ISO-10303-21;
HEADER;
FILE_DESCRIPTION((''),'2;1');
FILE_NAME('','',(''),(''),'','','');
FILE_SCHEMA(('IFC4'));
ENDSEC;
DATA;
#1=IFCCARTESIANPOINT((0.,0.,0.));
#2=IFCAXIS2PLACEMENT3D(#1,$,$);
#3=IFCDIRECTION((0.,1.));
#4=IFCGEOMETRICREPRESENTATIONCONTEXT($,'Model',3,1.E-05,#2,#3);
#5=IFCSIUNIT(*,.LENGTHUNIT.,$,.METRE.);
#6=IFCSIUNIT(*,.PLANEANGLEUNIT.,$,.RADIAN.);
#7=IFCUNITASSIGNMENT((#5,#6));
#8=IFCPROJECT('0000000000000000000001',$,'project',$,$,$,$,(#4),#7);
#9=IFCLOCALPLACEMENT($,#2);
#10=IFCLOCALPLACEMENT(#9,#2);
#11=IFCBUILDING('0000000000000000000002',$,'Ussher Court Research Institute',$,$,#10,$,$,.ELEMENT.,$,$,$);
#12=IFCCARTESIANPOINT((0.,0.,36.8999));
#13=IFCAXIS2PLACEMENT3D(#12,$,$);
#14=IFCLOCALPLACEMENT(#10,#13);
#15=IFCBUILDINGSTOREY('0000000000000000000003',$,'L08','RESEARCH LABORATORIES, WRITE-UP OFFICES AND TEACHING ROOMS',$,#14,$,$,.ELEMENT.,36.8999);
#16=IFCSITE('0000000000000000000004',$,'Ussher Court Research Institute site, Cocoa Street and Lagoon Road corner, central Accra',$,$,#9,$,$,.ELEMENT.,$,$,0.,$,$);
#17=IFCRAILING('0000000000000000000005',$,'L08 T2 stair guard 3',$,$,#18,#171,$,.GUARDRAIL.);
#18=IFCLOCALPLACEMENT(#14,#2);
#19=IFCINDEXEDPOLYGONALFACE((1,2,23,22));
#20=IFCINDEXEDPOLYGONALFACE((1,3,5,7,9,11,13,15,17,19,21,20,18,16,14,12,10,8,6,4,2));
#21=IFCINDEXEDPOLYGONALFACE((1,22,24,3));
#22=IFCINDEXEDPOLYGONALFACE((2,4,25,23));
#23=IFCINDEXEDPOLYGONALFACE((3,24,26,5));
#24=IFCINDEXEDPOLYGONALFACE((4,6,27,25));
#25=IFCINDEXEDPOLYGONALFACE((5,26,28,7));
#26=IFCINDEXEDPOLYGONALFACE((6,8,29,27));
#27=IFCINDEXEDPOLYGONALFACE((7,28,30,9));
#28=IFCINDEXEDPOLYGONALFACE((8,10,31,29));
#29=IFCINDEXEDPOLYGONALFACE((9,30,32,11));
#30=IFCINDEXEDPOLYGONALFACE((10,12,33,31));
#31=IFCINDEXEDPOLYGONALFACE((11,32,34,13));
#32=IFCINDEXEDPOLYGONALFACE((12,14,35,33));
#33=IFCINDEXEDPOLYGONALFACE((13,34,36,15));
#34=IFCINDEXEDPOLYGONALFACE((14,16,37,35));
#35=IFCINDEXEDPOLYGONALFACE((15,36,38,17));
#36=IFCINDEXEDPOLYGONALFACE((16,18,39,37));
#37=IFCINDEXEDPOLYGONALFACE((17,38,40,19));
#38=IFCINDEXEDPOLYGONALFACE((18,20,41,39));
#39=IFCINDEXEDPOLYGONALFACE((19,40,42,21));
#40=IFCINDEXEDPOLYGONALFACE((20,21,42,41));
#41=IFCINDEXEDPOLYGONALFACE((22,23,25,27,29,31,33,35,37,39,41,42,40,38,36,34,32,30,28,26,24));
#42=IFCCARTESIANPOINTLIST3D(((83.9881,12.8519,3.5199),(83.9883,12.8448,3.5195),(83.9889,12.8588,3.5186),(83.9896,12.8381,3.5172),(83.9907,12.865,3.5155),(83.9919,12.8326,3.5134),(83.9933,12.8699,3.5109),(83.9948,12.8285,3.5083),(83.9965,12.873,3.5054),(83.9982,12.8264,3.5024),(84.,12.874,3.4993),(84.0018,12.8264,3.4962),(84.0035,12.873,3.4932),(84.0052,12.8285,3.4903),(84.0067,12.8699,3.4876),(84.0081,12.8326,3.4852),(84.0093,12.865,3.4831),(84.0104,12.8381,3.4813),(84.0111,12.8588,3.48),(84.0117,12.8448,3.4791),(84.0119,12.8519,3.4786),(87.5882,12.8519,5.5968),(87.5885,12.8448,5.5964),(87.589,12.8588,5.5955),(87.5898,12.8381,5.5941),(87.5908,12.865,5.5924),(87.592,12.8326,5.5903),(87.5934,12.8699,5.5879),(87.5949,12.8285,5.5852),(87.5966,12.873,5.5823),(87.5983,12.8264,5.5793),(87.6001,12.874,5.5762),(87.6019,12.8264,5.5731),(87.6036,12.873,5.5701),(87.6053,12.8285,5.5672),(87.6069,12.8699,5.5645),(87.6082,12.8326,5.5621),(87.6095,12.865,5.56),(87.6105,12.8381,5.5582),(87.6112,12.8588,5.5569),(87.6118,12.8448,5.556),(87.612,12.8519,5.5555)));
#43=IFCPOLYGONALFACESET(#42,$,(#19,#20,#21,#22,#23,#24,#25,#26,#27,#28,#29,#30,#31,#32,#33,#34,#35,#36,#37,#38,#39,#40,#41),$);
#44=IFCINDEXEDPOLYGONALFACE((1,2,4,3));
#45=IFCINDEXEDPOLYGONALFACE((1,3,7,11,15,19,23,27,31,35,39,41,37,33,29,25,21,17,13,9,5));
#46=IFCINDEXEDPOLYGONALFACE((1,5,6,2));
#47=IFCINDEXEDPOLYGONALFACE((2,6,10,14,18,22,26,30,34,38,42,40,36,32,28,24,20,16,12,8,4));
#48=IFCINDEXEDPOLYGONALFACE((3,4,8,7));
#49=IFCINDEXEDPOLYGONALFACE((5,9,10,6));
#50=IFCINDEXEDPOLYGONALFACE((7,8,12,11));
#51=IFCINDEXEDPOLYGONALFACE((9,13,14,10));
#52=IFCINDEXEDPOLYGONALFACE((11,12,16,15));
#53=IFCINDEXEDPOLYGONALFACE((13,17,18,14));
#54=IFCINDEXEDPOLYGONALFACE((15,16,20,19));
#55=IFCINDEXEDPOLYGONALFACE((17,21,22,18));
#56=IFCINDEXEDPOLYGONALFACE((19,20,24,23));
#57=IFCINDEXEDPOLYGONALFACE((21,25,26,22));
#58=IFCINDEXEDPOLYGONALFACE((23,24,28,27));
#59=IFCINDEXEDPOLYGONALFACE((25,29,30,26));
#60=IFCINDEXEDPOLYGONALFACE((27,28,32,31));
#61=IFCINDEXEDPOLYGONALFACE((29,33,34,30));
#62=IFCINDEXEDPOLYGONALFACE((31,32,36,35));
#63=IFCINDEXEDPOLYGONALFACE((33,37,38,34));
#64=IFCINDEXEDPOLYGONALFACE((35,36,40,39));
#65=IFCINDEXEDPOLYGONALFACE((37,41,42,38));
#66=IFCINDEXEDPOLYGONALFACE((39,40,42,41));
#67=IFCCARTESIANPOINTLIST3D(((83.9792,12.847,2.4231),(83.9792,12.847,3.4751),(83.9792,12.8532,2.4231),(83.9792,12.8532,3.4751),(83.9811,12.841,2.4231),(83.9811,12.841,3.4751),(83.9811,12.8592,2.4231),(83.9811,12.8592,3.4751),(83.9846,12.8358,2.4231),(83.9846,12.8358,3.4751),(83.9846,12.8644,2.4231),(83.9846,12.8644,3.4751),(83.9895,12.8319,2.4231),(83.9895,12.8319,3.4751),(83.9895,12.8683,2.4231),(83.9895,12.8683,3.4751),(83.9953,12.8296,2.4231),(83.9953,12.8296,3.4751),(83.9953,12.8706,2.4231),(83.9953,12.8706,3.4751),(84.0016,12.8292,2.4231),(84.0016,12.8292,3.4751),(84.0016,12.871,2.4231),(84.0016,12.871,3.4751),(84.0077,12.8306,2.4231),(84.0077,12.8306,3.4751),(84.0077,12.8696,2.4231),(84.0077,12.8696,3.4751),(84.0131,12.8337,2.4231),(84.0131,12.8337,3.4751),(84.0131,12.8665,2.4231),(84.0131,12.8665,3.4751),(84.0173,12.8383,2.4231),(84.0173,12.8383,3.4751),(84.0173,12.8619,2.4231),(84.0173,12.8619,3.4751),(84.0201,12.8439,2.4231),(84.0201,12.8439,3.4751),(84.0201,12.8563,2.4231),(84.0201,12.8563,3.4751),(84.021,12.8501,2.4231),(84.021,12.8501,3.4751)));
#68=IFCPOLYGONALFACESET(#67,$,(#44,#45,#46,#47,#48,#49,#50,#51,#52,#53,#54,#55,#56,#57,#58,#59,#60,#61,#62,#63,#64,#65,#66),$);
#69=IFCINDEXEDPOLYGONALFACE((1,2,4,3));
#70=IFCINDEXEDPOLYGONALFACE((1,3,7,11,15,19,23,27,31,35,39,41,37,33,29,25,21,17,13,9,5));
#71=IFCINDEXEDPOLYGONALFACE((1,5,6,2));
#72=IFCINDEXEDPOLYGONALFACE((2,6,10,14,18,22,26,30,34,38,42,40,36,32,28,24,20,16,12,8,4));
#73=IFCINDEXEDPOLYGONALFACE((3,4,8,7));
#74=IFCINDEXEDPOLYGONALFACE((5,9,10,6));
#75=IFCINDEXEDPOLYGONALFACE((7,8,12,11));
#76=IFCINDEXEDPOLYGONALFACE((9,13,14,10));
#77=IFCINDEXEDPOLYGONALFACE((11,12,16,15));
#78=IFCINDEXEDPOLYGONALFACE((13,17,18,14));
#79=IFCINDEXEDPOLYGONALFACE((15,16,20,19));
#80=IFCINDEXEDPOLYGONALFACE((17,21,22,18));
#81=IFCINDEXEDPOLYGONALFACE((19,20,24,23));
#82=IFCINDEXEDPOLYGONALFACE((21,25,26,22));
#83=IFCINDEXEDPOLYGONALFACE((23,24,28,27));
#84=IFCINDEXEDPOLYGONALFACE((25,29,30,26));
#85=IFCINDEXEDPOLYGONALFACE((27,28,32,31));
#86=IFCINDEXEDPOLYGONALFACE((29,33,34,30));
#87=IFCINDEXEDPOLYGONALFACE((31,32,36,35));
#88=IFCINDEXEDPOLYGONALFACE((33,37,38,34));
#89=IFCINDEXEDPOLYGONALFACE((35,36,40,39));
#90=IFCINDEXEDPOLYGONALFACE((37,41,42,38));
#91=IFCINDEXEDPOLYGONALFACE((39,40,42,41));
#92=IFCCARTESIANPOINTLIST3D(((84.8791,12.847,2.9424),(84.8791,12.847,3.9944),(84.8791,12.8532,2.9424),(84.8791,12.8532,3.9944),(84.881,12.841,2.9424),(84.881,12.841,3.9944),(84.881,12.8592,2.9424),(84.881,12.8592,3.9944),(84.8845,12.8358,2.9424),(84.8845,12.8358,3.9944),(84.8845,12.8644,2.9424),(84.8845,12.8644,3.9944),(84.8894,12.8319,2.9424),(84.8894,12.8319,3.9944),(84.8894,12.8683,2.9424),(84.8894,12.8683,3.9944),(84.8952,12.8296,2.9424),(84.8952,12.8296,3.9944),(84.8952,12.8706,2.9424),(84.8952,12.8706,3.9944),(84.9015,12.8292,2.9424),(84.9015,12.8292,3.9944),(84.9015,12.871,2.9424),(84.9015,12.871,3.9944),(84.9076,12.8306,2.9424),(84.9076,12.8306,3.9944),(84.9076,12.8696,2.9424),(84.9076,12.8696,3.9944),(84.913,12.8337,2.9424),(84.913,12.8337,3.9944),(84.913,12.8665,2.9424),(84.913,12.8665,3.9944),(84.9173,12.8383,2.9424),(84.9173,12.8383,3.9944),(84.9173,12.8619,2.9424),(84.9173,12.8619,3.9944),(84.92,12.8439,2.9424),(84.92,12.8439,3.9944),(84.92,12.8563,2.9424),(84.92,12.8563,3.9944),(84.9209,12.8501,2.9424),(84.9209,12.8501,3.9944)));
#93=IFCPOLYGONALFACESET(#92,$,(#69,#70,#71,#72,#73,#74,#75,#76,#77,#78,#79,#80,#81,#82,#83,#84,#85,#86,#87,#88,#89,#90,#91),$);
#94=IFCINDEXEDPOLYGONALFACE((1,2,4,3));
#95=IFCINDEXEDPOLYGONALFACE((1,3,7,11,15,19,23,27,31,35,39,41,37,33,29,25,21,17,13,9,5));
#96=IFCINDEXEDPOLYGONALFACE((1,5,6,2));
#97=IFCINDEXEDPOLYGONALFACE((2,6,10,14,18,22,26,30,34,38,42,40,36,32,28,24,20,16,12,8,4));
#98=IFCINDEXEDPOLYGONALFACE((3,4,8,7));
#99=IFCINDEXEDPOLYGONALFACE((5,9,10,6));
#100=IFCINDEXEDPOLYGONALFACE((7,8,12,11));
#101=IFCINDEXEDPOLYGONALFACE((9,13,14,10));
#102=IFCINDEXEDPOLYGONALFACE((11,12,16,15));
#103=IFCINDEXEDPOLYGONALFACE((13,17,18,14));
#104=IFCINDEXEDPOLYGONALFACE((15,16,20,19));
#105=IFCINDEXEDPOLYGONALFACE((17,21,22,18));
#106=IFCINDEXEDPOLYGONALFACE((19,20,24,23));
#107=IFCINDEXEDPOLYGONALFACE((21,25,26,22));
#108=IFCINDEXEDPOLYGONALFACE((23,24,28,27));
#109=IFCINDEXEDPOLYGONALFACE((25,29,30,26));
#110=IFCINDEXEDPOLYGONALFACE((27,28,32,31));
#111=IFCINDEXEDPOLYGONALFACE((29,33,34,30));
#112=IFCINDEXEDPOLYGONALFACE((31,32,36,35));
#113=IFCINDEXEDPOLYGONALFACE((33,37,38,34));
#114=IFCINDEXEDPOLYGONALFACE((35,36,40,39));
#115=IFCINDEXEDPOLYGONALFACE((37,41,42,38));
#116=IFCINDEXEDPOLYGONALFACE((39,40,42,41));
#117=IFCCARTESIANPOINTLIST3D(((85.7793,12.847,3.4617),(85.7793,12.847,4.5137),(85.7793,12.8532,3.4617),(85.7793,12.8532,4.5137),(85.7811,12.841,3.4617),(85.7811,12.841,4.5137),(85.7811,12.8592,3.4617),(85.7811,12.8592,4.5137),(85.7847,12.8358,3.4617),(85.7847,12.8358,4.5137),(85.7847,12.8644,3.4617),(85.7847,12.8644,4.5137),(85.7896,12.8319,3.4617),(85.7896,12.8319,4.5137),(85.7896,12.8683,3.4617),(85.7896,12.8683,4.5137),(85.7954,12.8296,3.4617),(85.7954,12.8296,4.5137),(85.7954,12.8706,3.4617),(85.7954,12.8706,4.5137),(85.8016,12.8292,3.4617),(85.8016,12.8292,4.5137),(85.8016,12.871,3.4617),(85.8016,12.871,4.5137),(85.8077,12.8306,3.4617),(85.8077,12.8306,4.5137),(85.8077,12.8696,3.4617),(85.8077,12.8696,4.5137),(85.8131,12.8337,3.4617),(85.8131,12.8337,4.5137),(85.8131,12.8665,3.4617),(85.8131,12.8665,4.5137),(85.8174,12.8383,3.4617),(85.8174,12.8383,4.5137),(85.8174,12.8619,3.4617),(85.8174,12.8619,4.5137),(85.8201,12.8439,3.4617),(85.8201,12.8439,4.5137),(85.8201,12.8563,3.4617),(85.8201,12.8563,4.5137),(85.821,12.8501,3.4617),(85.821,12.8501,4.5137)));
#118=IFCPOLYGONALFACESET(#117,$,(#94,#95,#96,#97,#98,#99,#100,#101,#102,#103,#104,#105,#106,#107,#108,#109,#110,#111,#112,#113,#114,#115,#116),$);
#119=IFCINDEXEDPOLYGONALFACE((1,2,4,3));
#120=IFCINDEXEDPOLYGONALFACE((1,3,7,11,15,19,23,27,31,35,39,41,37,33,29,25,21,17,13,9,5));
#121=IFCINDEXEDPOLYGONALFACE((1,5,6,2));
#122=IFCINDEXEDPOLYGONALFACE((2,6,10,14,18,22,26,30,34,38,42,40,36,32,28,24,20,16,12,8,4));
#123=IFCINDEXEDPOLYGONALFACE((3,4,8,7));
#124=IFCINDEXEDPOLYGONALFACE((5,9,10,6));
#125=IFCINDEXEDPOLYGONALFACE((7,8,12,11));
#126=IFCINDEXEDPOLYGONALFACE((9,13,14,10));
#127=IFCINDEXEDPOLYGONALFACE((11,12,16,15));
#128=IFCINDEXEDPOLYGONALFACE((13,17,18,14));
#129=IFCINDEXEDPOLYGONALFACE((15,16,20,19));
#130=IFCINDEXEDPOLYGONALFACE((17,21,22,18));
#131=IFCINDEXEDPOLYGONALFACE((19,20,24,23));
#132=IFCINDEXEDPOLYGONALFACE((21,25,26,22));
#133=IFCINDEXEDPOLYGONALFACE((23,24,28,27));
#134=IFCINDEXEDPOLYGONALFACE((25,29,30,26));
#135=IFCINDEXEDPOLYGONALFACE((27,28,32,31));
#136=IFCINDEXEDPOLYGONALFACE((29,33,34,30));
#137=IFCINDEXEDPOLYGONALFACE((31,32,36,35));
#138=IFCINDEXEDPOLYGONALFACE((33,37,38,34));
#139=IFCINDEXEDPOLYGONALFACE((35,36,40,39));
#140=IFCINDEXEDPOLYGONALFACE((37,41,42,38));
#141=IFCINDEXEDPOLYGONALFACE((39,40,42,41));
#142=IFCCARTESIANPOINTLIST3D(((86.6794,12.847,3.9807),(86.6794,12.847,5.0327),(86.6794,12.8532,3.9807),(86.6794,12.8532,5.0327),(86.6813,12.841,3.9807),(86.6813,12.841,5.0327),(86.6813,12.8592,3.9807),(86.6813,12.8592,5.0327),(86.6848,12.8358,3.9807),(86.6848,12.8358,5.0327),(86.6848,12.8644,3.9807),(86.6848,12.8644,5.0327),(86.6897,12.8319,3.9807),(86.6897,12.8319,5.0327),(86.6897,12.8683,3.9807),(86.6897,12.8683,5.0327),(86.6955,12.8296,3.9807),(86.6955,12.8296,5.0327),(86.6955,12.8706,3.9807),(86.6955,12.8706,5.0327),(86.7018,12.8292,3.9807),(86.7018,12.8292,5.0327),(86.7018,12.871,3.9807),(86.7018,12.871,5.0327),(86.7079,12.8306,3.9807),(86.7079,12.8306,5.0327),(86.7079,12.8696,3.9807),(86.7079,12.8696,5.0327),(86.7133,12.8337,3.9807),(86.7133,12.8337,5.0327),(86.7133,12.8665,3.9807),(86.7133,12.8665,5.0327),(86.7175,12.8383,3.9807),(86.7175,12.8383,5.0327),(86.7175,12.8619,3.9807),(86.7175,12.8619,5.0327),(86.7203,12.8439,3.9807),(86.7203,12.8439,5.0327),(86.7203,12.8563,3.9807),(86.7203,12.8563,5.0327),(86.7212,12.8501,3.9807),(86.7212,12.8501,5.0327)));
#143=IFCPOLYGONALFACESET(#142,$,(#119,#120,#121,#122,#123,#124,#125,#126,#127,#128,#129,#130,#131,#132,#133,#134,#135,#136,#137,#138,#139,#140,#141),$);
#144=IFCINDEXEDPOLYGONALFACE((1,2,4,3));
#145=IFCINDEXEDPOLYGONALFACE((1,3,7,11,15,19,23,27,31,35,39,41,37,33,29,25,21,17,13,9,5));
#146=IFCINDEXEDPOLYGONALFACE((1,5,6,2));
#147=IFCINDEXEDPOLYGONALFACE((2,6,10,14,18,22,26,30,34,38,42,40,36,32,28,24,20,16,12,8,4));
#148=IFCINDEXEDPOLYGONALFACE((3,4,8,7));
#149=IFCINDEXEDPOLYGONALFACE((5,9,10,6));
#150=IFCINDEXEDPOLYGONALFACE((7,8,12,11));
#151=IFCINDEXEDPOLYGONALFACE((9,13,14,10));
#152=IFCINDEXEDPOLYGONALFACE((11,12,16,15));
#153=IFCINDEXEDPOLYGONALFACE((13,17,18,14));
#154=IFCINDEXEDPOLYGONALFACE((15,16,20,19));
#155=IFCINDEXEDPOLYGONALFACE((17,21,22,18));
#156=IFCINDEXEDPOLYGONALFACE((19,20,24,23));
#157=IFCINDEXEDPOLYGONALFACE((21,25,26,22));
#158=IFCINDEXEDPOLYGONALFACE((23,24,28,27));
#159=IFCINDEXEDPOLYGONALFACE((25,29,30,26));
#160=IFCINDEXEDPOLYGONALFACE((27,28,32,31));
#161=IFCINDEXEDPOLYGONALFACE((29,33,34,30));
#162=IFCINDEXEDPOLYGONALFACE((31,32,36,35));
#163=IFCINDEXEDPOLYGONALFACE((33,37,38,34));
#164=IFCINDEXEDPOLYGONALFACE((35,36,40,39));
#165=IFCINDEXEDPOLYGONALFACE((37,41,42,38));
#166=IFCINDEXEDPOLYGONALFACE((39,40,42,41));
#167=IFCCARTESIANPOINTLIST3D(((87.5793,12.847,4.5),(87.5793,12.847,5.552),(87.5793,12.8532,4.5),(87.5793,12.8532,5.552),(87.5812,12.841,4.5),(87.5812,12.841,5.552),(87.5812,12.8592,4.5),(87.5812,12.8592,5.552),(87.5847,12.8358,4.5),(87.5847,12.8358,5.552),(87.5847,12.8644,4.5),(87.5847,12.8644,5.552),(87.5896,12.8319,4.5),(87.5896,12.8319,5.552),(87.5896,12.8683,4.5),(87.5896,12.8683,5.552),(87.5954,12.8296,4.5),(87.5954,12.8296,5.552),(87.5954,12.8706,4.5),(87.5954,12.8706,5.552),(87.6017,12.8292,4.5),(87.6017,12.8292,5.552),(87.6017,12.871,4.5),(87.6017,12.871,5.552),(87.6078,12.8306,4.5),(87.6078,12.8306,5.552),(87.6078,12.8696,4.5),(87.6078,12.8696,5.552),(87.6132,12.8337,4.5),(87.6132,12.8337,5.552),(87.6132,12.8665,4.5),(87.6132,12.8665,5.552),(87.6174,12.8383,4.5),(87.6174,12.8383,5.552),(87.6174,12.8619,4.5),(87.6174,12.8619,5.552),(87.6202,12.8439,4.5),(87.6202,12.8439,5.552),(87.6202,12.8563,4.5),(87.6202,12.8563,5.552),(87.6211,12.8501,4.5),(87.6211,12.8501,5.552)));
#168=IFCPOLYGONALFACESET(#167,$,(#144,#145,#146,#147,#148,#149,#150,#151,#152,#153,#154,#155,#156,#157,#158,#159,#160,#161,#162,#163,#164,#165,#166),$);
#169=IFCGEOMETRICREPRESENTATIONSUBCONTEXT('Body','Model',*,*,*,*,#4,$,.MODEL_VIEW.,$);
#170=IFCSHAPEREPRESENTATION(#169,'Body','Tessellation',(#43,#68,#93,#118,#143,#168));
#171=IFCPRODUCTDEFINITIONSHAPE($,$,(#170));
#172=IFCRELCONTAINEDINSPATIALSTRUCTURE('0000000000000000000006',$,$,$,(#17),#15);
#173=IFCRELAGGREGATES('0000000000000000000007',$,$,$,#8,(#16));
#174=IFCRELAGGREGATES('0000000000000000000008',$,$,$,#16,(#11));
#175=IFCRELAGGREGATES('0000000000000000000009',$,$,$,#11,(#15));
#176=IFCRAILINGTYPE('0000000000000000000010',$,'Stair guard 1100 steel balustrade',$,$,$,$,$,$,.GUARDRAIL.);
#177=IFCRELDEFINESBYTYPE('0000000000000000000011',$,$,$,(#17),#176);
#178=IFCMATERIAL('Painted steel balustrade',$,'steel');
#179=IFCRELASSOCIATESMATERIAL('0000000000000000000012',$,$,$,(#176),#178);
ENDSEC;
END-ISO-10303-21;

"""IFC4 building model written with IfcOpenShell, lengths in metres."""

from ifc_helpers import new_model, si_unit, direction, frame, origin, origin_2d, place, context, subcontext, project, spatial, circle, extrude, material, type_object, element, save


model = new_model("IFC4")

# Units and contexts
model_context = context("Model", 3, precision=1e-05, world=origin(), true_north=direction((0.0, 1.0)))
body_context = subcontext(model_context, "Body", "Model", "MODEL_VIEW")
ifc_project = project(units=[si_unit("LENGTHUNIT", "METRE"), si_unit("PLANEANGLEUNIT", "RADIAN")], contexts=[model_context])

# Site, building, storey
site_placement = place(None, origin())
site = spatial("IfcSite", under=ifc_project, at=site_placement, Name="Ussher Court Research Institute site, Cocoa Street and Lagoon Road corner, central Accra", CompositionType="ELEMENT", RefElevation=0.0)
building_placement = place(site_placement, origin())
building = spatial("IfcBuilding", under=site, at=building_placement, Name="Ussher Court Research Institute", CompositionType="ELEMENT")
storey_placement = place(building_placement, frame((0.0, 0.0, 36.8999)))
storey = spatial("IfcBuildingStorey", under=building, at=storey_placement, Name="L08", Description="RESEARCH LABORATORIES, WRITE-UP OFFICES AND TEACHING ROOMS", CompositionType="ELEMENT", Elevation=36.8999)

# Railing
ifc_material_1 = material(Name="Painted steel balustrade", Category="steel")
railing_type_1 = type_object("IfcRailingType", Name="Stair guard 1100 steel balustrade", PredefinedType="GUARDRAIL", material=ifc_material_1)
railing_1_placement = place(storey_placement, frame((84.0, 12.8501, 2.4231)))
element("IfcRailing", 1, at=railing_1_placement, inside=storey, type_object=railing_type_1, Name="L08 T2 stair guard 3", PredefinedType="GUARDRAIL", context=body_context, shape_type="SweptSolid", body=[
    extrude(circle(Radius=0.0239, at=origin_2d()), frame((0.0, 0.0, 1.0762), z_axis=(0.866193, 0.0, 0.499709), x_axis=(0.0, 1.0, 0.0)), (0.0, 0.0, 1.0), 4.1562),
    extrude(circle(Radius=0.021, at=origin_2d()), origin(), (0.0, 0.0, 1.0), 1.052),
    extrude(circle(Radius=0.021, at=origin_2d()), frame((0.8999, 0.0, 0.5193)), (0.0, 0.0, 1.0), 1.052),
    extrude(circle(Radius=0.021, at=origin_2d()), frame((1.8, 0.0, 1.0386)), (0.0, 0.0, 1.0), 1.052),
    extrude(circle(Radius=0.021, at=origin_2d()), frame((2.7002, 0.0, 1.5576)), (0.0, 0.0, 1.0), 1.052),
    extrude(circle(Radius=0.021, at=origin_2d()), frame((3.6001, 0.0, 2.0769)), (0.0, 0.0, 1.0), 1.052),
])

save(model, "model.ifc")
